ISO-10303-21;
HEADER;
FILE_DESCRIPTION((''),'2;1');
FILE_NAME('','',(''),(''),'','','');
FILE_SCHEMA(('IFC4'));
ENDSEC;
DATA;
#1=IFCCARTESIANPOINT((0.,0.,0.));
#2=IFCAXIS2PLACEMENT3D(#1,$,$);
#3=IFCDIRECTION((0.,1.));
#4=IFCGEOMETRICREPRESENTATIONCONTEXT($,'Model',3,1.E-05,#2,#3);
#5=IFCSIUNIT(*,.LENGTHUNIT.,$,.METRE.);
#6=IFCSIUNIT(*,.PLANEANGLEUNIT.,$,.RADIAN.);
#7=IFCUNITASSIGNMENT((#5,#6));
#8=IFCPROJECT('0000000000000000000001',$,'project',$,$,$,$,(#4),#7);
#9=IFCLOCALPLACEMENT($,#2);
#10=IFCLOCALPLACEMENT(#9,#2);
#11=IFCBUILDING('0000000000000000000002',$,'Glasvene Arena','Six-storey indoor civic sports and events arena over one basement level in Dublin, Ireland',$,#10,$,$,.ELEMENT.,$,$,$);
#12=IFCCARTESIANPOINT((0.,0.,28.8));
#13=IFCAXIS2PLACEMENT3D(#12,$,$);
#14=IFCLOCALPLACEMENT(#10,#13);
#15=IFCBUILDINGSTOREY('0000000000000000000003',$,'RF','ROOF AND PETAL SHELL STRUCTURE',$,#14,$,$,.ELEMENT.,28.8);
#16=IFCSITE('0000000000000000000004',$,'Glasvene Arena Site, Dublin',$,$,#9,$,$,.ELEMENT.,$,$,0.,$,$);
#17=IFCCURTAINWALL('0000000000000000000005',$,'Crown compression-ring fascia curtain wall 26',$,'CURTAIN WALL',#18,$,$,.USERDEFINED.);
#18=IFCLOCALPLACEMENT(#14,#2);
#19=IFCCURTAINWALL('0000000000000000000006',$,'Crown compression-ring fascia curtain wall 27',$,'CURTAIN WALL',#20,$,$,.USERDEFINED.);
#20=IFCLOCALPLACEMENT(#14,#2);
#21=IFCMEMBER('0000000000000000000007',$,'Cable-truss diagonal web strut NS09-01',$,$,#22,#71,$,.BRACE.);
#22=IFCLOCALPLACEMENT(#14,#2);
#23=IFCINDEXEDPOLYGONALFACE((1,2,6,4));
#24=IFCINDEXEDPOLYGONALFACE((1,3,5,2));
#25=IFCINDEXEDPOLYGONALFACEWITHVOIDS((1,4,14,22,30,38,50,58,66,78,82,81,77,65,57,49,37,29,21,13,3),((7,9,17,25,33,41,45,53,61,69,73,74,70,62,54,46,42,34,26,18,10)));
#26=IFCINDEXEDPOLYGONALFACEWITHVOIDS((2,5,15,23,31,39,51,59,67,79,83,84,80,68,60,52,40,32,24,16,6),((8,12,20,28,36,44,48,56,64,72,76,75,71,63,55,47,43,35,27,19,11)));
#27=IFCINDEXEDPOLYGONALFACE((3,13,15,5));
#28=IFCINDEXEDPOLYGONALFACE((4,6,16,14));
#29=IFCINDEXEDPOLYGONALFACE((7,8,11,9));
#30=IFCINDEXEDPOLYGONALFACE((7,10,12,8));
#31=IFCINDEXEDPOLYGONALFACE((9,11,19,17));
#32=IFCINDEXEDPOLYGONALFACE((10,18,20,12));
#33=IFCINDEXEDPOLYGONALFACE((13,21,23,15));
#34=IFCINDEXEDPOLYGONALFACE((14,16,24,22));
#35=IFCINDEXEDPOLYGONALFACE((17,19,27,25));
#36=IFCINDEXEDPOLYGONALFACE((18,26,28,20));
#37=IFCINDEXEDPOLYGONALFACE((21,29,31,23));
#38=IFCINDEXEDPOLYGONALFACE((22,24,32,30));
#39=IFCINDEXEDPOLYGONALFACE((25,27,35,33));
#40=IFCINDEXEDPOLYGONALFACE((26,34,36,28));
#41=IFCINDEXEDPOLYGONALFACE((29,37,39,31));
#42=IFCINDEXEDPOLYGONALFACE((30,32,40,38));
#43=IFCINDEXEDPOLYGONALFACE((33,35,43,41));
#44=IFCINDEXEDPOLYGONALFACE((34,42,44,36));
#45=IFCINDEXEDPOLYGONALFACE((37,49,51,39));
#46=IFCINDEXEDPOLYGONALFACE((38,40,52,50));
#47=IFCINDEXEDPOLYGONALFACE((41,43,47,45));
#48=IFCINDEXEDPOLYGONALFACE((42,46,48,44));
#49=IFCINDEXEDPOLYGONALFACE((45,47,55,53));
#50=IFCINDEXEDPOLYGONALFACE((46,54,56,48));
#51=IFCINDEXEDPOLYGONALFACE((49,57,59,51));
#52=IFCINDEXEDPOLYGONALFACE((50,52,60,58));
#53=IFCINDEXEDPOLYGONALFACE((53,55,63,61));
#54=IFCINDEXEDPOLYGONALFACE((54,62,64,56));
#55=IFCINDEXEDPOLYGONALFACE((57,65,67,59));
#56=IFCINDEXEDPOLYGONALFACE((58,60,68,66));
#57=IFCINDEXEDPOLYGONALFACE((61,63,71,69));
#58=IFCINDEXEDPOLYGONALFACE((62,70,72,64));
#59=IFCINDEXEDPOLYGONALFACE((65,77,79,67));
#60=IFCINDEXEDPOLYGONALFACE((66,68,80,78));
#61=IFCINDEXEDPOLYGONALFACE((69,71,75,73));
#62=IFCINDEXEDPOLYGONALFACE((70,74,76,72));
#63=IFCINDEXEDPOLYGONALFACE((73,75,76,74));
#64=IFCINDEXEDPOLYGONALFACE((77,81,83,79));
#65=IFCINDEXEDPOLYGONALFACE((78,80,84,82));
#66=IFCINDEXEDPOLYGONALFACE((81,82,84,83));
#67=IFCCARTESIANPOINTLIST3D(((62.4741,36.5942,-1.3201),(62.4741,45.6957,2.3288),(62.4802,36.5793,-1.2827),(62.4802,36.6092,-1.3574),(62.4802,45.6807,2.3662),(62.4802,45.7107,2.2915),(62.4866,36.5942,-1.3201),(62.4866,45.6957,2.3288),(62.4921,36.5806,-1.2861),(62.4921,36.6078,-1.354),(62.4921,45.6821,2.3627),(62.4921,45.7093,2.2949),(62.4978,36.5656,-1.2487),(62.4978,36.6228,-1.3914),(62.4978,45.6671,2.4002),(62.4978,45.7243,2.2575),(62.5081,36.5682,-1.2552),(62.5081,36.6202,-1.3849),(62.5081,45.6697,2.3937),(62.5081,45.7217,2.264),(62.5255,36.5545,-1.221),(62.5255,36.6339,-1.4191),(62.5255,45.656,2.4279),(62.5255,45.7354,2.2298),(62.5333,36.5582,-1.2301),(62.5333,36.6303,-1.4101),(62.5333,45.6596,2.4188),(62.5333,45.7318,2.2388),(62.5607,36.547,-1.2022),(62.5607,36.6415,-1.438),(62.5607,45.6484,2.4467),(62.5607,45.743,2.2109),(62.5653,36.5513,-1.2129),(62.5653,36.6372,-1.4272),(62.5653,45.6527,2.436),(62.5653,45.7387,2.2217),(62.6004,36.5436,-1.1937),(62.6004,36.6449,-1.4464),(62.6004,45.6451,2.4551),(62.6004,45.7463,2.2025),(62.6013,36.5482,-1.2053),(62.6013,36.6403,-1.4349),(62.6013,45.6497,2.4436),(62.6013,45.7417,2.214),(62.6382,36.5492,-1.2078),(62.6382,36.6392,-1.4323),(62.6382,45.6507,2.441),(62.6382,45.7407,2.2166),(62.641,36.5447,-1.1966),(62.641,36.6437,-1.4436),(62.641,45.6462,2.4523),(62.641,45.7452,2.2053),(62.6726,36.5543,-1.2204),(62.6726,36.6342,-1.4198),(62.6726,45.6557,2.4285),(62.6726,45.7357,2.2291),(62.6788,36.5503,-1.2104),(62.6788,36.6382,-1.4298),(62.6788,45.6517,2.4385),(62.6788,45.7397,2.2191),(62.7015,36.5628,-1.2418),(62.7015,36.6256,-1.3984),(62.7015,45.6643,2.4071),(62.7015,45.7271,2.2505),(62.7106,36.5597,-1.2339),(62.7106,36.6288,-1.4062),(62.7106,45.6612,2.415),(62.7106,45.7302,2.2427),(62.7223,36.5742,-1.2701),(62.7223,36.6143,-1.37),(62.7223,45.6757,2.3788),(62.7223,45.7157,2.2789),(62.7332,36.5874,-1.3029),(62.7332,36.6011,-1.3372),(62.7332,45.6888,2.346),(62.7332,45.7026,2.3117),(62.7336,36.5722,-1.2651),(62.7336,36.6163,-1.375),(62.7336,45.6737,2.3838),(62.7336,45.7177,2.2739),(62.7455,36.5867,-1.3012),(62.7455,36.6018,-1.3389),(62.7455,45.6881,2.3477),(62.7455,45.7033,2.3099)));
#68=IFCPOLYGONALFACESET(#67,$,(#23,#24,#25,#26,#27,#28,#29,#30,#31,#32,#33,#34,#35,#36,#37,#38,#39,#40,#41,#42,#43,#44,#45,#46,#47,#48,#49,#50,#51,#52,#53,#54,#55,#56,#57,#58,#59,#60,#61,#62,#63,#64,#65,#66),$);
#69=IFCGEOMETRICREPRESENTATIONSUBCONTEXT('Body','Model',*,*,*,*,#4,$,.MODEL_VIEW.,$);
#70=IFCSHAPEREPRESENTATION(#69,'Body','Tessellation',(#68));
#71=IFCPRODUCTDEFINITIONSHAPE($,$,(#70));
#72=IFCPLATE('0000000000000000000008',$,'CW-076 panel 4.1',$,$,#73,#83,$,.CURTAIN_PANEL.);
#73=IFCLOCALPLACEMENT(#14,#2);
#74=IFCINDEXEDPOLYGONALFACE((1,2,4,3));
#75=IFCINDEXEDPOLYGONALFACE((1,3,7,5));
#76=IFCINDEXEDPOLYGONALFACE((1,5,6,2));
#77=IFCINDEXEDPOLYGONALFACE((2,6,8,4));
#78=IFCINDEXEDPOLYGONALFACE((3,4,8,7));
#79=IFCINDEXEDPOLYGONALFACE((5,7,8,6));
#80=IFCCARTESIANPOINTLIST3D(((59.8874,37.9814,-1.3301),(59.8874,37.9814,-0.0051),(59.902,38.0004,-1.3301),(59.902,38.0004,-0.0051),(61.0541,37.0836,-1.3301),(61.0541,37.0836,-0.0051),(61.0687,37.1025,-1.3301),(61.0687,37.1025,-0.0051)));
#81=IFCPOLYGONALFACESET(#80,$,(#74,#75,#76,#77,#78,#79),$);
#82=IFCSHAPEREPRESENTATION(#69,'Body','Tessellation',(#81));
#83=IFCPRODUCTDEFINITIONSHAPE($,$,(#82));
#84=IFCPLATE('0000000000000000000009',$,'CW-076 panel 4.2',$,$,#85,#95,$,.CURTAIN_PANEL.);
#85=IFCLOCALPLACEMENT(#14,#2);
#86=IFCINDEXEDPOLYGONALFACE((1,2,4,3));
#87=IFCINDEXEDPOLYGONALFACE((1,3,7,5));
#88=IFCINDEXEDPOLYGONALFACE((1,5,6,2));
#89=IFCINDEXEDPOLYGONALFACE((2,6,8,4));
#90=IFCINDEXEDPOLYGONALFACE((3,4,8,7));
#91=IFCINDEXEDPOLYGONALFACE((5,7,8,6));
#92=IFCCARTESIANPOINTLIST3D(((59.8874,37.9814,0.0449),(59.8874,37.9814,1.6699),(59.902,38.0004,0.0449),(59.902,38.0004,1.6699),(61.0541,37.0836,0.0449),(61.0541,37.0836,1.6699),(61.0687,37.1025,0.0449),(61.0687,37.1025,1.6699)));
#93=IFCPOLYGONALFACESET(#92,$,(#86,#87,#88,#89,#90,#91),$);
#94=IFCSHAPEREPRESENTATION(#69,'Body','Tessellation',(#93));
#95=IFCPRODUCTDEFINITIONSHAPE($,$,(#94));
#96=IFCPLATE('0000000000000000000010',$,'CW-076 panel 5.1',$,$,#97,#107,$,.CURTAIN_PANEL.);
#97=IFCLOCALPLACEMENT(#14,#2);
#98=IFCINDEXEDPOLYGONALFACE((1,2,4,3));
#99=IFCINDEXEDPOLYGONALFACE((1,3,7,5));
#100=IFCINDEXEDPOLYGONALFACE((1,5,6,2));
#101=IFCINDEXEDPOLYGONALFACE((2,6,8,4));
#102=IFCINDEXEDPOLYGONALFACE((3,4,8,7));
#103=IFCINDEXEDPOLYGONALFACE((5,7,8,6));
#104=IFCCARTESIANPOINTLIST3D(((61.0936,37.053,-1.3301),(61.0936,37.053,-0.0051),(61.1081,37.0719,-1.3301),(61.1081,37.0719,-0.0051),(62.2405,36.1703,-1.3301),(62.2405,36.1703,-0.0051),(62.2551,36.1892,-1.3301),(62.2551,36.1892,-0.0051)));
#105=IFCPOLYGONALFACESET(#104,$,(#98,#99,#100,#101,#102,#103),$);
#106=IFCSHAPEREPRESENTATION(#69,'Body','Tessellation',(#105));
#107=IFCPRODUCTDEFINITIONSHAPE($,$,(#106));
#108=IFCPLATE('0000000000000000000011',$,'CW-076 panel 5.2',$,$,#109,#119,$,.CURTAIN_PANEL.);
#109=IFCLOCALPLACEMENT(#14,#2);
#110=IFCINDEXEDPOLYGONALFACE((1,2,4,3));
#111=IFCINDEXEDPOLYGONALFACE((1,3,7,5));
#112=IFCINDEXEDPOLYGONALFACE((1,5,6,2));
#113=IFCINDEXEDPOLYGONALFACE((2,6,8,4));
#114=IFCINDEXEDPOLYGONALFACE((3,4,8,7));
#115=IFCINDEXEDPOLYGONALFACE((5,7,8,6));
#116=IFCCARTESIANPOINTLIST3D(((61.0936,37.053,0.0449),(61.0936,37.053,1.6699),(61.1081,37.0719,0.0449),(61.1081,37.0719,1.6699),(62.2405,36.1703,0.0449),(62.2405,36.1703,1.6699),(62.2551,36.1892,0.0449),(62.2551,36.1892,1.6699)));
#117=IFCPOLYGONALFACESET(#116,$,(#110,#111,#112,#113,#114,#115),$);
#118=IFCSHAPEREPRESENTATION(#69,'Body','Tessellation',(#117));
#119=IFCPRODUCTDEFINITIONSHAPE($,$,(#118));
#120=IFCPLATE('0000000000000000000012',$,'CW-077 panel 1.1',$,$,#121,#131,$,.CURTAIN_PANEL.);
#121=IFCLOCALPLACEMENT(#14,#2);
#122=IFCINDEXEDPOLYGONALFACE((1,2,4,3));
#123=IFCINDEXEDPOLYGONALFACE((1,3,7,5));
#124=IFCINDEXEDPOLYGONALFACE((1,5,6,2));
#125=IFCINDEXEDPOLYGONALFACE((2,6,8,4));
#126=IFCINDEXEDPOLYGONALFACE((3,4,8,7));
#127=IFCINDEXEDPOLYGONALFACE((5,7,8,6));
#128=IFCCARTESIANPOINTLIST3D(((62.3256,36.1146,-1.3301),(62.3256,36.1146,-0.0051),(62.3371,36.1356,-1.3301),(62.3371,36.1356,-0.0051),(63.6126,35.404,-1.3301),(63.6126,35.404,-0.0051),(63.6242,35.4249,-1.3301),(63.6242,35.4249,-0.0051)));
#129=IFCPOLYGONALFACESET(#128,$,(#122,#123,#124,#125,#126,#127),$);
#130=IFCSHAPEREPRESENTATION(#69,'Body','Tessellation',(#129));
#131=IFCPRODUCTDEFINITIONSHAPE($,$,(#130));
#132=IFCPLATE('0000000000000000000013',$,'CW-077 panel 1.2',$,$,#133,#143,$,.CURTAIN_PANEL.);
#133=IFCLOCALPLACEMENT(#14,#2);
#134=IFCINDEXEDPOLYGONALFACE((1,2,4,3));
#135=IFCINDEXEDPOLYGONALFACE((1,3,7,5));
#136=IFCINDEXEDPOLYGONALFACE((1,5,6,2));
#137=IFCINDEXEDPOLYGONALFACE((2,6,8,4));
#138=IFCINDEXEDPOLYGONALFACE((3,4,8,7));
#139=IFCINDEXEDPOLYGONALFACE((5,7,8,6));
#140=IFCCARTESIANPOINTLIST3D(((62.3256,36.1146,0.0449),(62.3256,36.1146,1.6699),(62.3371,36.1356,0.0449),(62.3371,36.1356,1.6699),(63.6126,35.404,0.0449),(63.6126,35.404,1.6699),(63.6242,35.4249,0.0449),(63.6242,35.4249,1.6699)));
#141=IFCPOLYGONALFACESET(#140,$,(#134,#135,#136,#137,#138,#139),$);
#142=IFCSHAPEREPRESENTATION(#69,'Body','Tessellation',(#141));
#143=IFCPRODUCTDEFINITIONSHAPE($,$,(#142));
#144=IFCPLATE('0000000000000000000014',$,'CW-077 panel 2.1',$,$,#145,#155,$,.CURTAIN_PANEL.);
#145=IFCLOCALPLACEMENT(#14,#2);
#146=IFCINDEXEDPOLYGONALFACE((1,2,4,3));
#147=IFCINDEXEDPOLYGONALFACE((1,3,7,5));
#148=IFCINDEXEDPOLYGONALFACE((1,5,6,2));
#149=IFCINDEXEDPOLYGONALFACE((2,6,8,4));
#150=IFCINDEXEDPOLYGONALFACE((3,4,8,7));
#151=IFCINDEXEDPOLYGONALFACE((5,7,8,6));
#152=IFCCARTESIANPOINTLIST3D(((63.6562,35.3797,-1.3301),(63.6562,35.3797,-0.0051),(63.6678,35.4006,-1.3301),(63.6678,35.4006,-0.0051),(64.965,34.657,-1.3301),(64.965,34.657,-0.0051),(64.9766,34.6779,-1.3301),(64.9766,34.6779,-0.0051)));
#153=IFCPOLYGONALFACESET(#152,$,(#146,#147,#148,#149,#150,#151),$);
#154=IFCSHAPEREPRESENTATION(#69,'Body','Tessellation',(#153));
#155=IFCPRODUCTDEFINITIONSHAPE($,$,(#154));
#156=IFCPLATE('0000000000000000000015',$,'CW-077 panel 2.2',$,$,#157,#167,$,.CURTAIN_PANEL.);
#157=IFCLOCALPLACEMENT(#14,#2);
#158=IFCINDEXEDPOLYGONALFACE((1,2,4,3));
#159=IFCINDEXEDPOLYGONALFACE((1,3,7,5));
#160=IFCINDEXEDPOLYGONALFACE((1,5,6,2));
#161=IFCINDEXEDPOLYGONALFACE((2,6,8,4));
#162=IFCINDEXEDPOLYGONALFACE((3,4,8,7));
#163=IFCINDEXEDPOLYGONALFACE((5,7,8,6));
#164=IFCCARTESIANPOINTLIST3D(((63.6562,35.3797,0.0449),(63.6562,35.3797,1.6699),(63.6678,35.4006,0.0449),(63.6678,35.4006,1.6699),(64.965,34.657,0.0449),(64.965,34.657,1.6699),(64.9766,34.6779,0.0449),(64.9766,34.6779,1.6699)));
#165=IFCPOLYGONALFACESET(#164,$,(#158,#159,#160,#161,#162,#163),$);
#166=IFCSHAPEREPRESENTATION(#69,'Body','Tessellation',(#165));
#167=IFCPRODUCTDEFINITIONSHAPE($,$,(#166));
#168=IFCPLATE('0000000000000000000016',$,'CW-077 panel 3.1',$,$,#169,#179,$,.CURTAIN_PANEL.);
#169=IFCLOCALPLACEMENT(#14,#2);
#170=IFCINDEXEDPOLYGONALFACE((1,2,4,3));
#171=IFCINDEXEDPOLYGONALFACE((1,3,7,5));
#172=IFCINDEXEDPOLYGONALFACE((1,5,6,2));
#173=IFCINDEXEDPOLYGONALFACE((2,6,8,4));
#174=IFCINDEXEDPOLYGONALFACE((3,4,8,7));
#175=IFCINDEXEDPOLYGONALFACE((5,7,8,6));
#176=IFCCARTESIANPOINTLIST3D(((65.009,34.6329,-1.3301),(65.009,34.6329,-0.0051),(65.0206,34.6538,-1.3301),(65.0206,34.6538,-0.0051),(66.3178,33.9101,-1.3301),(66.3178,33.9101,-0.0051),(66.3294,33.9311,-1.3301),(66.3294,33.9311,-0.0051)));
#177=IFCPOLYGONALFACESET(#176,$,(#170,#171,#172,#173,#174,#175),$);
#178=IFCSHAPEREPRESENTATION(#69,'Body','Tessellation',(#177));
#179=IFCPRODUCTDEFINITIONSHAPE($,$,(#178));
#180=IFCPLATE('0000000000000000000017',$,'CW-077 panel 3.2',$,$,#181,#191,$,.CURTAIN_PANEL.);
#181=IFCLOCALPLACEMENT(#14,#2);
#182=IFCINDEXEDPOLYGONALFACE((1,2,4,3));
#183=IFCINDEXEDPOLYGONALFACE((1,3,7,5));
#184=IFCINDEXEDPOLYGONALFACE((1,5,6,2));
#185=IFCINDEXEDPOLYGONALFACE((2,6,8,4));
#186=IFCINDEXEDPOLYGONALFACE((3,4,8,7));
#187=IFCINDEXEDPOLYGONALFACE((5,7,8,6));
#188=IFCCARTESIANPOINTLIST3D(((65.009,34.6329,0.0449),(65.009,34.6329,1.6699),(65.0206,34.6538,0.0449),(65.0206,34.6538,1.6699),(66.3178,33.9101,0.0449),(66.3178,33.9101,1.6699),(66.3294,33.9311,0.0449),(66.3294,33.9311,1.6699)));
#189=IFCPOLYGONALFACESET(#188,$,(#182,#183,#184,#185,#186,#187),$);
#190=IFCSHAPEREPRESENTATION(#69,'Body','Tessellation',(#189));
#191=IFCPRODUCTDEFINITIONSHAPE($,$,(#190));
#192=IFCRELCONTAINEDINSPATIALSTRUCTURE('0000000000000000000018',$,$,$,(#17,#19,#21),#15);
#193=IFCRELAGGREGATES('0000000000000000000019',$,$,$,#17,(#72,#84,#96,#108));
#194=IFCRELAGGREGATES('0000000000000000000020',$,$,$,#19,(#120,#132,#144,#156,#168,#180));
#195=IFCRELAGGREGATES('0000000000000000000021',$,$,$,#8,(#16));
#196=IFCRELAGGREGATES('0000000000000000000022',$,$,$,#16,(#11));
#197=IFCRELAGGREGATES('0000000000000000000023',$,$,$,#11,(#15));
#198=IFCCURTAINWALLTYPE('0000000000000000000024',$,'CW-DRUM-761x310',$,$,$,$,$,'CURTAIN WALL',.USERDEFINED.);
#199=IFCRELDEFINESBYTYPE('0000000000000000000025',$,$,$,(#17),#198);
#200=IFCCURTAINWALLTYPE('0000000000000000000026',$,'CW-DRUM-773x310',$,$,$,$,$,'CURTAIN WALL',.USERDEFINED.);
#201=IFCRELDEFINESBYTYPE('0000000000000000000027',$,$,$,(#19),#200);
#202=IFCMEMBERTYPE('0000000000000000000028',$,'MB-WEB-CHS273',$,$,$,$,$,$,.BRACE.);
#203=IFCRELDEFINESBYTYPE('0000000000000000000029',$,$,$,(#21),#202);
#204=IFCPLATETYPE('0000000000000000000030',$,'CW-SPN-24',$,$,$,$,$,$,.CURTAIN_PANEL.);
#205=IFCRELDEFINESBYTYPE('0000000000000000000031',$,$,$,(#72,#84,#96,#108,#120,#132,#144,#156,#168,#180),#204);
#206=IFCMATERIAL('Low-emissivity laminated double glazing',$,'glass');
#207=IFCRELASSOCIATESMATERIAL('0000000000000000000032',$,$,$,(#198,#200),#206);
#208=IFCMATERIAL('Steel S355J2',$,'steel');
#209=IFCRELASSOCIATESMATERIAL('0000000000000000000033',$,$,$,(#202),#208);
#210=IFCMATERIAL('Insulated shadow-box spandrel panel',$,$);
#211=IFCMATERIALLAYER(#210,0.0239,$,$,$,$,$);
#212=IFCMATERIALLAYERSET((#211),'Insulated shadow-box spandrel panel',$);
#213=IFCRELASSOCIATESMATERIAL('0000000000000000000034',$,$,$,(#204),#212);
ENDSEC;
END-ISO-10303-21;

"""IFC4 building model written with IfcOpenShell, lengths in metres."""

from ifc_helpers import new_model, si_unit, direction, frame, origin, origin_2d, place, context, subcontext, project, spatial, rectangle, hollow_circle, extrude, material, layer, layer_set, material_profile, profile_set, type_object, element, aggregate, save


model = new_model("IFC4")

# Units and contexts
model_context = context("Model", 3, precision=1e-05, world=origin(), true_north=direction((0.0, 1.0)))
body_context = subcontext(model_context, "Body", "Model", "MODEL_VIEW")
ifc_project = project(units=[si_unit("LENGTHUNIT", "METRE"), si_unit("PLANEANGLEUNIT", "RADIAN")], contexts=[model_context])

# Site, building, storey
site_placement = place(None, origin())
site = spatial("IfcSite", under=ifc_project, at=site_placement, Name="Glasvene Arena Site, Dublin", CompositionType="ELEMENT", RefElevation=0.0)
building_placement = place(site_placement, origin())
building = spatial("IfcBuilding", under=site, at=building_placement, Name="Glasvene Arena", Description="Six-storey indoor civic sports and events arena over one basement level in Dublin, Ireland", CompositionType="ELEMENT")
storey_placement = place(building_placement, frame((0.0, 0.0, 28.8)))
storey = spatial("IfcBuildingStorey", under=building, at=storey_placement, Name="RF", Description="ROOF AND PETAL SHELL STRUCTURE", CompositionType="ELEMENT", Elevation=28.8)

# Shared definitions
ifc_material_1 = material(Name="Steel S355J2", Category="steel")

# Curtain walls
ifc_material_2 = material(Name="Low-emissivity laminated double glazing", Category="glass")
curtain_wall_type_1 = type_object("IfcCurtainWallType", Name="CW-DRUM-761x310", ElementType="CURTAIN WALL", PredefinedType="USERDEFINED", material=ifc_material_2)
curtain_wall_1_placement = place(storey_placement, frame((56.2559, 40.7913, 0.0)))
curtain_wall_1 = element("IfcCurtainWall", 1, at=curtain_wall_1_placement, inside=storey, type_object=curtain_wall_type_1, Name="Crown compression-ring fascia curtain wall 26", ObjectType="CURTAIN WALL", PredefinedType="USERDEFINED")
curtain_wall_type_2 = type_object("IfcCurtainWallType", Name="CW-DRUM-773x310", ElementType="CURTAIN WALL", PredefinedType="USERDEFINED", material=ifc_material_2)
curtain_wall_2_placement = place(storey_placement, frame((62.2876, 36.1494, 0.0)))
curtain_wall_2 = element("IfcCurtainWall", 2, at=curtain_wall_2_placement, inside=storey, type_object=curtain_wall_type_2, Name="Crown compression-ring fascia curtain wall 27", ObjectType="CURTAIN WALL", PredefinedType="USERDEFINED")

# Member
ifc_material_profile_1 = material_profile(ifc_material_1, hollow_circle(Radius=0.1365, WallThickness=0.0125, at=origin_2d()), Name="CHS 273.0x12.5")
ifc_profile_set_1 = profile_set([ifc_material_profile_1], Name="Steel S355J2")
member_type_1 = type_object("IfcMemberType", Name="MB-WEB-CHS273", PredefinedType="BRACE", material=ifc_profile_set_1)
member_1_placement = place(storey_placement, frame((62.6106, 36.5942, -1.3201), z_axis=(0.0, 0.928185, 0.37212), x_axis=(-1.0, 0.0, 0.0)))
element("IfcMember", 3, at=member_1_placement, inside=storey, type_object=member_type_1, Name="Cable-truss diagonal web strut NS09-01", PredefinedType="BRACE", context=body_context, shape_type="SweptSolid", body=[
    extrude(hollow_circle(Radius=0.1365, WallThickness=0.0125, at=origin_2d()), origin(), (0.0, 0.0, 1.0), 9.8057),
])

# Plates
ifc_material_3 = material(Name="Insulated shadow-box spandrel panel")
ifc_layer_1 = layer(ifc_material_3, 0.0239)
ifc_layer_set_1 = layer_set([ifc_layer_1], Name="Insulated shadow-box spandrel panel")
plate_type_1 = type_object("IfcPlateType", Name="CW-SPN-24", PredefinedType="CURTAIN_PANEL", material=ifc_layer_set_1)
plate_1_placement = place(storey_placement, frame((60.478, 37.542, -1.3301), z_axis=(0.0, 0.0, 1.0), x_axis=(0.792482, -0.609895, 0.0)))
plate_1 = element("IfcPlate", 4, at=plate_1_placement, type_object=plate_type_1, Name="CW-076 panel 4.1", PredefinedType="CURTAIN_PANEL", context=body_context, shape_type="SweptSolid", body=[
    extrude(rectangle(XDim=1.4722, YDim=0.0239, at=origin_2d()), origin(), (0.0, 0.0, 1.0), 1.325),
])
plate_2_placement = place(storey_placement, frame((60.478, 37.542, 0.0449), z_axis=(0.0, 0.0, 1.0), x_axis=(0.792482, -0.609895, 0.0)))
plate_2 = element("IfcPlate", 5, at=plate_2_placement, type_object=plate_type_1, Name="CW-076 panel 4.2", PredefinedType="CURTAIN_PANEL", context=body_context, shape_type="SweptSolid", body=[
    extrude(rectangle(XDim=1.4722, YDim=0.0239, at=origin_2d()), origin(), (0.0, 0.0, 1.0), 1.625),
])
plate_3_placement = place(storey_placement, frame((61.6743, 36.6211, -1.3301), z_axis=(0.0, 0.0, 1.0), x_axis=(0.792482, -0.609895, 0.0)))
plate_3 = element("IfcPlate", 6, at=plate_3_placement, type_object=plate_type_1, Name="CW-076 panel 5.1", PredefinedType="CURTAIN_PANEL", context=body_context, shape_type="SweptSolid", body=[
    extrude(rectangle(XDim=1.4473, YDim=0.0239, at=origin_2d()), origin(), (0.0, 0.0, 1.0), 1.325),
])
plate_4_placement = place(storey_placement, frame((61.6743, 36.6211, 0.0449), z_axis=(0.0, 0.0, 1.0), x_axis=(0.792482, -0.609895, 0.0)))
plate_4 = element("IfcPlate", 7, at=plate_4_placement, type_object=plate_type_1, Name="CW-076 panel 5.2", PredefinedType="CURTAIN_PANEL", context=body_context, shape_type="SweptSolid", body=[
    extrude(rectangle(XDim=1.4473, YDim=0.0239, at=origin_2d()), origin(), (0.0, 0.0, 1.0), 1.625),
])
aggregate(curtain_wall_1, [plate_1, plate_2, plate_3, plate_4])
plate_5_placement = place(storey_placement, frame((62.9749, 35.7698, -1.3301), z_axis=(0.0, 0.0, 1.0), x_axis=(0.875407, -0.483387, 0.0)))
plate_5 = element("IfcPlate", 8, at=plate_5_placement, type_object=plate_type_1, Name="CW-077 panel 1.1", PredefinedType="CURTAIN_PANEL", context=body_context, shape_type="SweptSolid", body=[
    extrude(rectangle(XDim=1.4702, YDim=0.0239, at=origin_2d()), origin(), (0.0, 0.0, 1.0), 1.325),
])
plate_6_placement = place(storey_placement, frame((62.9749, 35.7698, 0.0449), z_axis=(0.0, 0.0, 1.0), x_axis=(0.875407, -0.483387, 0.0)))
plate_6 = element("IfcPlate", 9, at=plate_6_placement, type_object=plate_type_1, Name="CW-077 panel 1.2", PredefinedType="CURTAIN_PANEL", context=body_context, shape_type="SweptSolid", body=[
    extrude(rectangle(XDim=1.4702, YDim=0.0239, at=origin_2d()), origin(), (0.0, 0.0, 1.0), 1.625),
])
plate_7_placement = place(storey_placement, frame((64.3164, 35.0288, -1.3301), z_axis=(0.0, 0.0, 1.0), x_axis=(0.875407, -0.483387, 0.0)))
plate_7 = element("IfcPlate", 10, at=plate_7_placement, type_object=plate_type_1, Name="CW-077 panel 2.1", PredefinedType="CURTAIN_PANEL", context=body_context, shape_type="SweptSolid", body=[
    extrude(rectangle(XDim=1.4951, YDim=0.0239, at=origin_2d()), origin(), (0.0, 0.0, 1.0), 1.325),
])
plate_8_placement = place(storey_placement, frame((64.3164, 35.0288, 0.0449), z_axis=(0.0, 0.0, 1.0), x_axis=(0.875407, -0.483387, 0.0)))
plate_8 = element("IfcPlate", 11, at=plate_8_placement, type_object=plate_type_1, Name="CW-077 panel 2.2", PredefinedType="CURTAIN_PANEL", context=body_context, shape_type="SweptSolid", body=[
    extrude(rectangle(XDim=1.4951, YDim=0.0239, at=origin_2d()), origin(), (0.0, 0.0, 1.0), 1.625),
])
plate_9_placement = place(storey_placement, frame((65.6692, 34.282, -1.3301), z_axis=(0.0, 0.0, 1.0), x_axis=(0.875407, -0.483387, 0.0)))
plate_9 = element("IfcPlate", 12, at=plate_9_placement, type_object=plate_type_1, Name="CW-077 panel 3.1", PredefinedType="CURTAIN_PANEL", context=body_context, shape_type="SweptSolid", body=[
    extrude(rectangle(XDim=1.4951, YDim=0.0239, at=origin_2d()), origin(), (0.0, 0.0, 1.0), 1.325),
])
plate_10_placement = place(storey_placement, frame((65.6692, 34.282, 0.0449), z_axis=(0.0, 0.0, 1.0), x_axis=(0.875407, -0.483387, 0.0)))
plate_10 = element("IfcPlate", 13, at=plate_10_placement, type_object=plate_type_1, Name="CW-077 panel 3.2", PredefinedType="CURTAIN_PANEL", context=body_context, shape_type="SweptSolid", body=[
    extrude(rectangle(XDim=1.4951, YDim=0.0239, at=origin_2d()), origin(), (0.0, 0.0, 1.0), 1.625),
])
aggregate(curtain_wall_2, [plate_5, plate_6, plate_7, plate_8, plate_9, plate_10])

save(model, "model.ifc")
